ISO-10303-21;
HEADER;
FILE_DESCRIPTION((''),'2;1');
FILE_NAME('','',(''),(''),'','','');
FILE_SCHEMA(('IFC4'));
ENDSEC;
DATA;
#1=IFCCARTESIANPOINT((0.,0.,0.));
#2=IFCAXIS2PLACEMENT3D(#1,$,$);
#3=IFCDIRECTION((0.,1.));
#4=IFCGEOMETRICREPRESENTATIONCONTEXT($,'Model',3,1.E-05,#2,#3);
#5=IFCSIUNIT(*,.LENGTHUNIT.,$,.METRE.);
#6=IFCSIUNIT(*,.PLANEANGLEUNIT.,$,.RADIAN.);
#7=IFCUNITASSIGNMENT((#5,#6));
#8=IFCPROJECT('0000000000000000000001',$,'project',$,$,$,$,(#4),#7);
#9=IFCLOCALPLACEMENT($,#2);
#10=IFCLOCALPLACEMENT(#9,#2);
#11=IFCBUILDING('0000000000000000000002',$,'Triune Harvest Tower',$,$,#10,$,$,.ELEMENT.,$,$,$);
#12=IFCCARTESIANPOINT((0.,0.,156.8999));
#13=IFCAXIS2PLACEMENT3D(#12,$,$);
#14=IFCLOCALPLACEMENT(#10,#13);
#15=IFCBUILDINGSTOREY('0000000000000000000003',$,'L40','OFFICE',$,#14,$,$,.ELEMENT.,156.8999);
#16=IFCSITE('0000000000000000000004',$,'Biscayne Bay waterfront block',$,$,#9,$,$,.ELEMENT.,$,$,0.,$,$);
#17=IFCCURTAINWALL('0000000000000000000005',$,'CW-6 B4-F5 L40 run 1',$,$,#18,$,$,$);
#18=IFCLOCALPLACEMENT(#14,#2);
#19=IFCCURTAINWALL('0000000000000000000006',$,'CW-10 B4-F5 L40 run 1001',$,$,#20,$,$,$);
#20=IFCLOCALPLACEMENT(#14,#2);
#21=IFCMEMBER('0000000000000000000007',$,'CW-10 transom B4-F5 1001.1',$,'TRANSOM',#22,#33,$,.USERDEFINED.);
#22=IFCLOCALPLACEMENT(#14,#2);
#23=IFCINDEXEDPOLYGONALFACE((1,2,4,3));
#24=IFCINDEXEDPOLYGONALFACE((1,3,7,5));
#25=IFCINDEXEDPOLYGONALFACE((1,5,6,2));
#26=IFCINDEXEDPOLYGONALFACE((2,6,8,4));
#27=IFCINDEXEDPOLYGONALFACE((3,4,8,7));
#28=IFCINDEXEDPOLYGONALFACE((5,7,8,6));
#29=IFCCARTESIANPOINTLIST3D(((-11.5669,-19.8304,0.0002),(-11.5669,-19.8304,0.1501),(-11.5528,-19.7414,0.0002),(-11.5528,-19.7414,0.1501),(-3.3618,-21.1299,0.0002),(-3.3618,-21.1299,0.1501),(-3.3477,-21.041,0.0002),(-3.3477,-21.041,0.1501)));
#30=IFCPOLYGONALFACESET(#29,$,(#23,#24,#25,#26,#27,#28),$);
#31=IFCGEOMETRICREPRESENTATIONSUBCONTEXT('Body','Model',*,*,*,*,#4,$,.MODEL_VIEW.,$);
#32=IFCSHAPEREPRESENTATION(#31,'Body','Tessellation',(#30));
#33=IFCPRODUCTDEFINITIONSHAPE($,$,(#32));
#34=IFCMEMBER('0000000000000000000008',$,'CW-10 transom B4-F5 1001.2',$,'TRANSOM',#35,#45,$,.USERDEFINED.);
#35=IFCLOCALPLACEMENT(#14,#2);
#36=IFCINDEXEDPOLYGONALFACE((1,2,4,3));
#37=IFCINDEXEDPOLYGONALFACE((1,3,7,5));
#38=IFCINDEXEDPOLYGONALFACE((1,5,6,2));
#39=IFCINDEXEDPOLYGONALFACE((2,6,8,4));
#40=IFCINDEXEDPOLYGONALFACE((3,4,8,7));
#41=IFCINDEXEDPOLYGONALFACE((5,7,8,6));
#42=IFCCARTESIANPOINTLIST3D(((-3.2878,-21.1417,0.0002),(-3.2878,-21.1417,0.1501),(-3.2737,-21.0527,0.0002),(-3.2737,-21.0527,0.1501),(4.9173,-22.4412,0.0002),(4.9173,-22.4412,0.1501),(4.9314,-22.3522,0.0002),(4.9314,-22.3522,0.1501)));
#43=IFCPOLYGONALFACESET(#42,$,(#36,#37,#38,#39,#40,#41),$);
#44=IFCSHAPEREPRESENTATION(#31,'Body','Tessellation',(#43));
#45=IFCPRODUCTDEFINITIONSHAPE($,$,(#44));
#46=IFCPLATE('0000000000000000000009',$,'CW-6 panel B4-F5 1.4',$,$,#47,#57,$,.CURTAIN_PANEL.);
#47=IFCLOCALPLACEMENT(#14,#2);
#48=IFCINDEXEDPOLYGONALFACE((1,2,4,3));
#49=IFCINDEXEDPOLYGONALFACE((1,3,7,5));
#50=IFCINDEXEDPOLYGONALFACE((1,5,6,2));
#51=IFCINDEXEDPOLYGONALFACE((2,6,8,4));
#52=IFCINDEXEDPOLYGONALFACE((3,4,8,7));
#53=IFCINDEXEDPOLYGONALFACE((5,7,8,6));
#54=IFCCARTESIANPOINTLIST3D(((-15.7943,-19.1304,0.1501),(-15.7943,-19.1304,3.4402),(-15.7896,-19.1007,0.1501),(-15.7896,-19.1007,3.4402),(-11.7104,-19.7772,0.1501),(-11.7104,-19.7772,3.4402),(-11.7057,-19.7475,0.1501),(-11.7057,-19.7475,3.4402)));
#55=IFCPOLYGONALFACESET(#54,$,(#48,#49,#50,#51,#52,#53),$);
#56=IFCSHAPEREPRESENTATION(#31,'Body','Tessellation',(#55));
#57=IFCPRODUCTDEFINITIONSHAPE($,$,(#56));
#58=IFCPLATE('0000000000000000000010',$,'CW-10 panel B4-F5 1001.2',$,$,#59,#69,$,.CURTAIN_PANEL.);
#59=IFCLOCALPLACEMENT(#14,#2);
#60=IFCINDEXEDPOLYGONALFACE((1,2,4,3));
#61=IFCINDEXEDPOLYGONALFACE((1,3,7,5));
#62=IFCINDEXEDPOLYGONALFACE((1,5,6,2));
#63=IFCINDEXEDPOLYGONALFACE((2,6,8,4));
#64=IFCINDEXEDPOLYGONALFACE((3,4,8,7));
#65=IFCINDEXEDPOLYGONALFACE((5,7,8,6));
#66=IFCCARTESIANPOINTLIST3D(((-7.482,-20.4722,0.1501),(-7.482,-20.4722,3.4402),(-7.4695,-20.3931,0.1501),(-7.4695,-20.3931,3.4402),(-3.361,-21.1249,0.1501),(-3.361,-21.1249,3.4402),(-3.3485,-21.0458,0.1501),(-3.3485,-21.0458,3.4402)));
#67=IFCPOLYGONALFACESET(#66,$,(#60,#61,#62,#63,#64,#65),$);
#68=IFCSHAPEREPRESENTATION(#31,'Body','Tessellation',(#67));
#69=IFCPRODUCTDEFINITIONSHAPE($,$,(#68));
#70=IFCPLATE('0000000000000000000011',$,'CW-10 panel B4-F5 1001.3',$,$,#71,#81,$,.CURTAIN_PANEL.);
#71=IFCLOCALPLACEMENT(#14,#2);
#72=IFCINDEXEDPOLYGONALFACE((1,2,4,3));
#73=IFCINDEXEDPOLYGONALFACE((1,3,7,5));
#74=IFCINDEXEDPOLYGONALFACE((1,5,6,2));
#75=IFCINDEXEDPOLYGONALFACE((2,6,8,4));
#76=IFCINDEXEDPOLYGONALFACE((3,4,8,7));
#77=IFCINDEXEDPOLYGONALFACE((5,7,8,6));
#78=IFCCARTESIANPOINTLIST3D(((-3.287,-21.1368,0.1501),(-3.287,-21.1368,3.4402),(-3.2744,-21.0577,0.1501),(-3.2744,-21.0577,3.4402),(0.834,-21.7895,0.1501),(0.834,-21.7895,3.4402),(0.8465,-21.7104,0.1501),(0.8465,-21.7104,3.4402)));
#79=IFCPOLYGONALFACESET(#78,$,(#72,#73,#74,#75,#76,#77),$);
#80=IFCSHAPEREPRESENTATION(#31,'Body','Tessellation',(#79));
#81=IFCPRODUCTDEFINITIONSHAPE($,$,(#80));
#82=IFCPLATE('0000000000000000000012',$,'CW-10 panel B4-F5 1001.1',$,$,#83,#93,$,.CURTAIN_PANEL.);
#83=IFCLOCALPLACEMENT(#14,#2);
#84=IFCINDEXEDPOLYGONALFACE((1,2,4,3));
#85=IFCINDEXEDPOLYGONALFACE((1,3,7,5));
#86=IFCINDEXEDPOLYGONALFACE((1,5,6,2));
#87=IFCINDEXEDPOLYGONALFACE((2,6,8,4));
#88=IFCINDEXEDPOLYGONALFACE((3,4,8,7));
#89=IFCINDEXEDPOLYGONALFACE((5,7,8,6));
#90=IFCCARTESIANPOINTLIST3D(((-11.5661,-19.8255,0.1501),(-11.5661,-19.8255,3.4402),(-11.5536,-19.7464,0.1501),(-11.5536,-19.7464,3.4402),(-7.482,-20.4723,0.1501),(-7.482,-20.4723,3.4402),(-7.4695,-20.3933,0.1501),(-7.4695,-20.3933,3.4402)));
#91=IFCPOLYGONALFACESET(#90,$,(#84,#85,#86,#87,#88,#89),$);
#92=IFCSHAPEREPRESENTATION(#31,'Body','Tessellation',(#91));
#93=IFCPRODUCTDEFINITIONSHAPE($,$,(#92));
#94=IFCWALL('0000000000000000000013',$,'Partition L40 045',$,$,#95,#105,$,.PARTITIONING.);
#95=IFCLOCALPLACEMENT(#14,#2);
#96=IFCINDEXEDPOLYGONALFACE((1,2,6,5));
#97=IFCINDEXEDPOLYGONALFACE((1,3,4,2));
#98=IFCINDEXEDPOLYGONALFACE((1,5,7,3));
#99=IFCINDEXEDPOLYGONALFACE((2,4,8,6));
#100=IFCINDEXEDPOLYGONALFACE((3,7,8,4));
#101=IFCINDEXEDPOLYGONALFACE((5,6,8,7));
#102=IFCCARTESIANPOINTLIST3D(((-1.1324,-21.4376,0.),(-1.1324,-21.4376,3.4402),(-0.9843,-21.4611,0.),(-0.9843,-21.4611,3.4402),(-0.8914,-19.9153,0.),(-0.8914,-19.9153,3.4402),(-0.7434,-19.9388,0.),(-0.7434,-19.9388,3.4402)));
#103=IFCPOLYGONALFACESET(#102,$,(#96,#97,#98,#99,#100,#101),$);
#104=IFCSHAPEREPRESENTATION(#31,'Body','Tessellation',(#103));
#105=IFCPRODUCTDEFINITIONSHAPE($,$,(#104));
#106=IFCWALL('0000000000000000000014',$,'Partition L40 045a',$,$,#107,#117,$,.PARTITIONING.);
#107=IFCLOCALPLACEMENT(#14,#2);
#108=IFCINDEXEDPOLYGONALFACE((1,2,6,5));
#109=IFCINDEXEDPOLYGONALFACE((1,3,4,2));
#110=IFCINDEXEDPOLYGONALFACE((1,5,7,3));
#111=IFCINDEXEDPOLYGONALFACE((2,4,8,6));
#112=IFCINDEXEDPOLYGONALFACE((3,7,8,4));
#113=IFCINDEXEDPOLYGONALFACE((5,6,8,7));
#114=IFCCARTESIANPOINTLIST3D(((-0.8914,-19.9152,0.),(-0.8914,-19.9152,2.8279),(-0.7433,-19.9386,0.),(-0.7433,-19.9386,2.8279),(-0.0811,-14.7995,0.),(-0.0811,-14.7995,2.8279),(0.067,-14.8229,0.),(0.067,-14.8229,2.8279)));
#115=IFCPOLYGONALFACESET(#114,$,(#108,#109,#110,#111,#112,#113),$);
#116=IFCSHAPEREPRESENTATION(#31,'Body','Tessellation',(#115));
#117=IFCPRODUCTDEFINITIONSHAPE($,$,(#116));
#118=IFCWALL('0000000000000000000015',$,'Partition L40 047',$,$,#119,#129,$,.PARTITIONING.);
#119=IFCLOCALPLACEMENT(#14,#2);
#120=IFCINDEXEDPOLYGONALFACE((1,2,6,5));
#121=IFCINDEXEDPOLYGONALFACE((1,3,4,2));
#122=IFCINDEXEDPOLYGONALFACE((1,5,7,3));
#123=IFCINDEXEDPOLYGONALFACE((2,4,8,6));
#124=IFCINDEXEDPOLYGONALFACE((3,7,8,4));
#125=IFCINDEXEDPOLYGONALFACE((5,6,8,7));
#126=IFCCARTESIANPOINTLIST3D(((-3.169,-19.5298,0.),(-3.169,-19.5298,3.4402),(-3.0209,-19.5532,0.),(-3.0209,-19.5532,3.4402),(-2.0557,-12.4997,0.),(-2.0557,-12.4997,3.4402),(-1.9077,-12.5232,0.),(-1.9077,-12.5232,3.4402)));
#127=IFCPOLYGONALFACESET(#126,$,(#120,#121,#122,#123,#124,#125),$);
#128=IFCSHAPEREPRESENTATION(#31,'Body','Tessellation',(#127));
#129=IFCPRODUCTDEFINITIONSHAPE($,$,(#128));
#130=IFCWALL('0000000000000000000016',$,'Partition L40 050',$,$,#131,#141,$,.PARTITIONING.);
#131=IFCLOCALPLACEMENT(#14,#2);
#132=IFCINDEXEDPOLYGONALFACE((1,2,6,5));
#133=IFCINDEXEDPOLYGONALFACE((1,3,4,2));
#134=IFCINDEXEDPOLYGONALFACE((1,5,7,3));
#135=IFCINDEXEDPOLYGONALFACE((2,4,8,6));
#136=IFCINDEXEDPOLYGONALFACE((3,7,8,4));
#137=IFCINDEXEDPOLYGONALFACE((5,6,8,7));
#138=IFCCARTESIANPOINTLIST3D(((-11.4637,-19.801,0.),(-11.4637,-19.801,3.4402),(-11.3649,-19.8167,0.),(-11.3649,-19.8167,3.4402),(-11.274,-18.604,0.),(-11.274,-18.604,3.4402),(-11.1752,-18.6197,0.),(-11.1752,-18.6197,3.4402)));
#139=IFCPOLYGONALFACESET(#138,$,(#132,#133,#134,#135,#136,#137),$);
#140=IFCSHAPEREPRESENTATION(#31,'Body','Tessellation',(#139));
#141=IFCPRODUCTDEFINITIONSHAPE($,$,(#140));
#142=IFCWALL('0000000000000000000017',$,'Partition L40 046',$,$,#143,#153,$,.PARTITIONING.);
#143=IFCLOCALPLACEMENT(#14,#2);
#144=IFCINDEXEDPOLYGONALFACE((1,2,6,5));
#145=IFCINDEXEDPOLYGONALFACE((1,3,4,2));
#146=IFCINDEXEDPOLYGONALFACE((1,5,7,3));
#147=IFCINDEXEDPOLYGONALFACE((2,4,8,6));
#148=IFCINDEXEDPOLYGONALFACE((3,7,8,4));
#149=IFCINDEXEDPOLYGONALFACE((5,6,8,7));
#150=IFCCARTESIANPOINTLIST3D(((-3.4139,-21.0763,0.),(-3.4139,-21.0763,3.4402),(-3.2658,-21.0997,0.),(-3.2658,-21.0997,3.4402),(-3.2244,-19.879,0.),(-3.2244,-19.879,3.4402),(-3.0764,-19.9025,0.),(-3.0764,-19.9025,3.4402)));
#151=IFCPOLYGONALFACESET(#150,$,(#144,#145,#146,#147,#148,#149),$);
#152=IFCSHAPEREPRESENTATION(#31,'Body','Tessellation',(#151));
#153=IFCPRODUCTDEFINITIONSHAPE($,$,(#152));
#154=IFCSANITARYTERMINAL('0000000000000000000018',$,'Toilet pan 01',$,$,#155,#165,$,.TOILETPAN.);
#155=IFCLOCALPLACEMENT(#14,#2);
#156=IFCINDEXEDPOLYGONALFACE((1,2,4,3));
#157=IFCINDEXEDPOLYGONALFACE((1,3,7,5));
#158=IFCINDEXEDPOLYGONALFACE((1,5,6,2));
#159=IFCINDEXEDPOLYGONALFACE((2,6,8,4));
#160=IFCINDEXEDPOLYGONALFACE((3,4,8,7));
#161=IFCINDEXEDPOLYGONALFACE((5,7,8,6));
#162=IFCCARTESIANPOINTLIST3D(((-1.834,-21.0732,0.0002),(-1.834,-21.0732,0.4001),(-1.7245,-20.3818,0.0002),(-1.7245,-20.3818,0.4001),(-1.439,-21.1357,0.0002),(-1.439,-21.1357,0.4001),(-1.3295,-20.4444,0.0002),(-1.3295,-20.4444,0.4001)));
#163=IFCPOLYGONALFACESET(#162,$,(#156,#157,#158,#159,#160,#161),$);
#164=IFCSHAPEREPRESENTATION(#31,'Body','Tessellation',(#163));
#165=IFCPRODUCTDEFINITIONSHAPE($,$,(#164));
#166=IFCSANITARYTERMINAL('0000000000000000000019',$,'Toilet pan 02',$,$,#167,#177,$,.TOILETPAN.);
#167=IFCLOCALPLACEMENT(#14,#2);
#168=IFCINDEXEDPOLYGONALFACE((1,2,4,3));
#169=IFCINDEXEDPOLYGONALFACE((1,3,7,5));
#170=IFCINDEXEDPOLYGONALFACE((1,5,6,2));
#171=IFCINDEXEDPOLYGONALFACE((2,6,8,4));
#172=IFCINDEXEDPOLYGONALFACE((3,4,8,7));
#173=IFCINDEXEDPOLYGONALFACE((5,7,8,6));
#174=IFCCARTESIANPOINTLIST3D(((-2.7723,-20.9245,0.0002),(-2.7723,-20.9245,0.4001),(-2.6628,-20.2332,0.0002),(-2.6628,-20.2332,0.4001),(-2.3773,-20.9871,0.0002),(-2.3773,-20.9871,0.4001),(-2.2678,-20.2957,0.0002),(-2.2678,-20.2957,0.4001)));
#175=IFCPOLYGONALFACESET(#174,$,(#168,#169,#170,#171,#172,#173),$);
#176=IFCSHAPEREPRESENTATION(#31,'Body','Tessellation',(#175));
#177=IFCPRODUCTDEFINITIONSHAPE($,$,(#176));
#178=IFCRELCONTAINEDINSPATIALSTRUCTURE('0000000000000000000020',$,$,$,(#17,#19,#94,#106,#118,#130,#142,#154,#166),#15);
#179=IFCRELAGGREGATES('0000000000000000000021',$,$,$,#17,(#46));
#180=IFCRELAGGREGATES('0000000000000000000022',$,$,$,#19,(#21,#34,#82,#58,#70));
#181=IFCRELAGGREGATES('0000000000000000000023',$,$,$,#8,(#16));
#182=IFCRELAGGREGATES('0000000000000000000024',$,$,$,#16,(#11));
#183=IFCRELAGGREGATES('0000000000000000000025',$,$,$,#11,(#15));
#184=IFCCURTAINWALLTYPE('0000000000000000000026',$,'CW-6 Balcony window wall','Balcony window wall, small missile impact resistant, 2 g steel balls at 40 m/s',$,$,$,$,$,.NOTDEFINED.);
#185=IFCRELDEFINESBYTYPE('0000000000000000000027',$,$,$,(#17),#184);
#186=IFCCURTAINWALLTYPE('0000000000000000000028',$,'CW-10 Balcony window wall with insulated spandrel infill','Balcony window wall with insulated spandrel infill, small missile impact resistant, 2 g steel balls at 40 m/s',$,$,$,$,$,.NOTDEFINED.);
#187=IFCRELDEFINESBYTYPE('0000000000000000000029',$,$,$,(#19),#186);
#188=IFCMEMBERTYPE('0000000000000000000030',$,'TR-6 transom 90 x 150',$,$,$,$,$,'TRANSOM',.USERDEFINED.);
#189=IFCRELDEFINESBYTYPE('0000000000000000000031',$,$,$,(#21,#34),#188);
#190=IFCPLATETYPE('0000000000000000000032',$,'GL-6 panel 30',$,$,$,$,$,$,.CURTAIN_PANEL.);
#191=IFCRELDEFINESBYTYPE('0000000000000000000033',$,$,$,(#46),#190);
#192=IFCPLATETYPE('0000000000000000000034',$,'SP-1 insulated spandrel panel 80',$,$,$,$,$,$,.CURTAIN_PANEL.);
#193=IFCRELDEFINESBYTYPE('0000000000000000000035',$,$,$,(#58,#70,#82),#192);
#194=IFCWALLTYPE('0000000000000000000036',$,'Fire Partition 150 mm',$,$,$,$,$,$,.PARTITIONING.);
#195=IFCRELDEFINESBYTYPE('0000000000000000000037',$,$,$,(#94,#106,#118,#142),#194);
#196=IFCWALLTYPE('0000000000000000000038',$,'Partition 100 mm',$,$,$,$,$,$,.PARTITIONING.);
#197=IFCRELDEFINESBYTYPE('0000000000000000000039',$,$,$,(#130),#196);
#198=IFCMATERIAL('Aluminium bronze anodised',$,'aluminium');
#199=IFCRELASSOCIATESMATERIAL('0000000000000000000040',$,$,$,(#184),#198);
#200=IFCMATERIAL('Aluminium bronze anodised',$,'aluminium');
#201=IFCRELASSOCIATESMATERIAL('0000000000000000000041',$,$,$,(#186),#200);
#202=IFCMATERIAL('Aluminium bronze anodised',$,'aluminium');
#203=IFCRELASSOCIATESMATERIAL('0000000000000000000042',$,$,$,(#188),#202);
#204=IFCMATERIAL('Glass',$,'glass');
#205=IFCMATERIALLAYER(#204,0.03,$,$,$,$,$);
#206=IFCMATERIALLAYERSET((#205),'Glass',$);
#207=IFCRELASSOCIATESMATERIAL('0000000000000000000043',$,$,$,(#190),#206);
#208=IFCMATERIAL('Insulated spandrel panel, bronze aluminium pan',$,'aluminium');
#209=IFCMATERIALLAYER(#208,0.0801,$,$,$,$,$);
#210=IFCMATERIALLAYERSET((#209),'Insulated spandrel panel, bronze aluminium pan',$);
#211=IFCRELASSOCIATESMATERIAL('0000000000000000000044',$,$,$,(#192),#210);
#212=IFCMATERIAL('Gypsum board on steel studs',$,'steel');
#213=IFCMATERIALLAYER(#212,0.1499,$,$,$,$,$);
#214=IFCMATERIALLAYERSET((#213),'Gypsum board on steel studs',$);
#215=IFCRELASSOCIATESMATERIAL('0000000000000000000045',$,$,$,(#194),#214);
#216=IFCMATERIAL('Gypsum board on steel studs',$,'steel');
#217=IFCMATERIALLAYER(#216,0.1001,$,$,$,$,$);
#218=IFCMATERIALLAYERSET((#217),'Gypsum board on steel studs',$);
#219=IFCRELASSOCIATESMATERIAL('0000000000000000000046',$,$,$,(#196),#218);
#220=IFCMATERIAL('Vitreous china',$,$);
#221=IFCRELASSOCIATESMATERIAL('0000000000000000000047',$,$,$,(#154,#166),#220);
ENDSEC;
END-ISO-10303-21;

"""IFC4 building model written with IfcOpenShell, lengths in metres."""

from ifc_helpers import new_model, si_unit, direction, frame, frame_2d, origin, origin_2d, place, context, subcontext, project, spatial, rectangle, extrude, source, transform, mapped, material, layer, layer_set, material_profile, profile_set, type_object, element, aggregate, save


model = new_model("IFC4")

# Units and contexts
model_context = context("Model", 3, precision=1e-05, world=origin(), true_north=direction((0.0, 1.0)))
body_context = subcontext(model_context, "Body", "Model", "MODEL_VIEW")
ifc_project = project(units=[si_unit("LENGTHUNIT", "METRE"), si_unit("PLANEANGLEUNIT", "RADIAN")], contexts=[model_context])

# Site, building, storey
site_placement = place(None, origin())
site = spatial("IfcSite", under=ifc_project, at=site_placement, Name="Biscayne Bay waterfront block", CompositionType="ELEMENT", RefElevation=0.0)
building_placement = place(site_placement, origin())
building = spatial("IfcBuilding", under=site, at=building_placement, Name="Triune Harvest Tower", CompositionType="ELEMENT")
storey_placement = place(building_placement, frame((0.0, 0.0, 156.8999)))
storey = spatial("IfcBuildingStorey", under=building, at=storey_placement, Name="L40", Description="OFFICE", CompositionType="ELEMENT", Elevation=156.8999)

# Curtain wall
ifc_material_1 = material(Name="Aluminium bronze anodised", Category="aluminium")
curtain_wall_type_1 = type_object("IfcCurtainWallType", Name="CW-6 Balcony window wall", Description="Balcony window wall, small missile impact resistant, 2 g steel balls at 40 m/s", PredefinedType="NOTDEFINED", material=ifc_material_1)
curtain_wall_1_placement = place(storey_placement, origin())
curtain_wall_1 = element("IfcCurtainWall", 1, at=curtain_wall_1_placement, inside=storey, type_object=curtain_wall_type_1, Name="CW-6 B4-F5 L40 run 1")

# Curtain wall, members
ifc_material_2 = material(Name="Aluminium bronze anodised", Category="aluminium")
curtain_wall_type_2 = type_object("IfcCurtainWallType", Name="CW-10 Balcony window wall with insulated spandrel infill", Description="Balcony window wall with insulated spandrel infill, small missile impact resistant, 2 g steel balls at 40 m/s", PredefinedType="NOTDEFINED", material=ifc_material_2)
curtain_wall_2_placement = place(storey_placement, origin())
curtain_wall_2 = element("IfcCurtainWall", 2, at=curtain_wall_2_placement, inside=storey, type_object=curtain_wall_type_2, Name="CW-10 B4-F5 L40 run 1001")
ifc_material_3 = material(Name="Aluminium bronze anodised", Category="aluminium")
ifc_material_profile_1 = material_profile(ifc_material_3, rectangle(XDim=0.0901, YDim=0.1499, at=origin_2d()), Name="TR-6 transom 90 x 150")
ifc_profile_set_1 = profile_set([ifc_material_profile_1], Name="Aluminium bronze anodised")
member_type_1 = type_object("IfcMemberType", Name="TR-6 transom 90 x 150", ElementType="TRANSOM", PredefinedType="USERDEFINED", material=ifc_profile_set_1)
shared_shape_1 = source(origin(), body_context, "Body", "SweptSolid", [
    extrude(rectangle(XDim=0.0901, YDim=0.1499, at=origin_2d()), origin(), (0.0, 0.0, 1.0), 8.3074),
])
member_1_placement = place(storey_placement, frame((-11.5598, -19.7859, 0.0752), z_axis=(0.987688, -0.156435, 0.0), x_axis=(0.156435, 0.987688, 0.0)))
member_1 = element("IfcMember", 3, at=member_1_placement, type_object=member_type_1, Name="CW-10 transom B4-F5 1001.1", ObjectType="TRANSOM", PredefinedType="USERDEFINED", context=body_context, shape_type="MappedRepresentation", body=[
    mapped(shared_shape_1, transform((0.0, 0.0, 0.0), scale=1.0)),
])
member_2_placement = place(storey_placement, frame((-3.2808, -21.0972, 0.0752), z_axis=(0.987688, -0.156435, 0.0), x_axis=(0.156435, 0.987688, 0.0)))
member_2 = element("IfcMember", 4, at=member_2_placement, type_object=member_type_1, Name="CW-10 transom B4-F5 1001.2", ObjectType="TRANSOM", PredefinedType="USERDEFINED", context=body_context, shape_type="MappedRepresentation", body=[
    mapped(shared_shape_1, transform((0.0, 0.0, 0.0), scale=1.0)),
])

# Plates
ifc_material_4 = material(Name="Glass", Category="glass")
ifc_layer_1 = layer(ifc_material_4, 0.03)
ifc_layer_set_1 = layer_set([ifc_layer_1], Name="Glass")
plate_type_1 = type_object("IfcPlateType", Name="GL-6 panel 30", PredefinedType="CURTAIN_PANEL", material=ifc_layer_set_1)
shared_shape_2 = source(origin(), body_context, "Body", "SweptSolid", [
    extrude(rectangle(XDim=4.1348, YDim=0.03, at=origin_2d()), origin(), (0.0, 0.0, 1.0), 3.29),
])
plate_1_placement = place(storey_placement, frame((-13.75, -19.439, 0.1501), z_axis=(0.0, 0.0, 1.0), x_axis=(0.987688, -0.156437, 0.0)))
plate_1 = element("IfcPlate", 5, at=plate_1_placement, type_object=plate_type_1, Name="CW-6 panel B4-F5 1.4", PredefinedType="CURTAIN_PANEL", context=body_context, shape_type="MappedRepresentation", body=[
    mapped(shared_shape_2, transform((0.0, 0.0, 0.0), scale=1.0)),
])
aggregate(curtain_wall_1, [plate_1])
ifc_material_5 = material(Name="Insulated spandrel panel, bronze aluminium pan", Category="aluminium")
ifc_layer_2 = layer(ifc_material_5, 0.0801)
ifc_layer_set_2 = layer_set([ifc_layer_2], Name="Insulated spandrel panel, bronze aluminium pan")
plate_type_2 = type_object("IfcPlateType", Name="SP-1 insulated spandrel panel 80", PredefinedType="CURTAIN_PANEL", material=ifc_layer_set_2)
shared_shape_3 = source(origin(), body_context, "Body", "SweptSolid", [
    extrude(rectangle(XDim=4.1724, YDim=0.0801, at=origin_2d()), origin(), (0.0, 0.0, 1.0), 3.29),
])
plate_2_placement = place(storey_placement, frame((-5.4153, -20.759, 0.1501), z_axis=(0.0, 0.0, 1.0), x_axis=(0.987689, -0.156433, 0.0)))
plate_2 = element("IfcPlate", 6, at=plate_2_placement, type_object=plate_type_2, Name="CW-10 panel B4-F5 1001.2", PredefinedType="CURTAIN_PANEL", context=body_context, shape_type="MappedRepresentation", body=[
    mapped(shared_shape_3, transform((0.0, 0.0, 0.0), scale=1.0)),
])
plate_3_placement = place(storey_placement, frame((-1.2202, -21.4236, 0.1501), z_axis=(0.0, 0.0, 1.0), x_axis=(0.987689, -0.156433, 0.0)))
plate_3 = element("IfcPlate", 7, at=plate_3_placement, type_object=plate_type_2, Name="CW-10 panel B4-F5 1001.3", PredefinedType="CURTAIN_PANEL", context=body_context, shape_type="MappedRepresentation", body=[
    mapped(shared_shape_3, transform((0.0, 0.0, 0.0), scale=1.0)),
])
shared_shape_4 = source(origin(), body_context, "Body", "SweptSolid", [
    extrude(rectangle(XDim=4.135, YDim=0.0801, at=origin_2d()), origin(), (0.0, 0.0, 1.0), 3.29),
])
plate_4_placement = place(storey_placement, frame((-9.5178, -20.1094, 0.1501), z_axis=(0.0, 0.0, 1.0), x_axis=(0.987689, -0.156433, 0.0)))
plate_4 = element("IfcPlate", 8, at=plate_4_placement, type_object=plate_type_2, Name="CW-10 panel B4-F5 1001.1", PredefinedType="CURTAIN_PANEL", context=body_context, shape_type="MappedRepresentation", body=[
    mapped(shared_shape_4, transform((0.0, 0.0, 0.0), scale=1.0)),
])
aggregate(curtain_wall_2, [member_1, member_2, plate_4, plate_2, plate_3])

# Walls
ifc_material_6 = material(Name="Gypsum board on steel studs", Category="steel")
ifc_layer_3 = layer(ifc_material_6, 0.1499)
ifc_layer_set_3 = layer_set([ifc_layer_3], Name="Gypsum board on steel studs")
wall_type_1 = type_object("IfcWallType", Name="Fire Partition 150 mm", PredefinedType="PARTITIONING", material=ifc_layer_set_3)
wall_1_placement = place(storey_placement, frame((-1.0583, -21.4492, 0.0), z_axis=(0.0, 0.0, 1.0), x_axis=(0.156353, 0.987701, 0.0)))
element("IfcWall", 9, at=wall_1_placement, inside=storey, type_object=wall_type_1, Name="Partition L40 045", PredefinedType="PARTITIONING", context=body_context, shape_type="SweptSolid", body=[
    extrude(rectangle(XDim=1.5413, YDim=0.1499, at=frame_2d((0.7705, 0.0))), origin(), (0.0, 0.0, 1.0), 3.4402),
])
wall_2_placement = place(storey_placement, frame((-0.8174, -19.927, 0.0), z_axis=(0.0, 0.0, 1.0), x_axis=(0.156444, 0.987687, 0.0)))
element("IfcWall", 10, at=wall_2_placement, inside=storey, type_object=wall_type_1, Name="Partition L40 045a", PredefinedType="PARTITIONING", context=body_context, shape_type="SweptSolid", body=[
    extrude(rectangle(XDim=5.1794, YDim=0.1499, at=frame_2d((2.5898, 0.0))), origin(), (0.0, 0.0, 1.0), 2.8279),
])
wall_3_placement = place(storey_placement, frame((-3.095, -19.5415, 0.0), z_axis=(0.0, 0.0, 1.0), x_axis=(0.156412, 0.987692, 0.0)))
element("IfcWall", 11, at=wall_3_placement, inside=storey, type_object=wall_type_1, Name="Partition L40 047", PredefinedType="PARTITIONING", context=body_context, shape_type="SweptSolid", body=[
    extrude(rectangle(XDim=7.1177, YDim=0.1499, at=frame_2d((3.5588, 0.0))), origin(), (0.0, 0.0, 1.0), 3.4402),
])
ifc_material_7 = material(Name="Gypsum board on steel studs", Category="steel")
ifc_layer_4 = layer(ifc_material_7, 0.1001)
ifc_layer_set_4 = layer_set([ifc_layer_4], Name="Gypsum board on steel studs")
wall_type_2 = type_object("IfcWallType", Name="Partition 100 mm", PredefinedType="PARTITIONING", material=ifc_layer_set_4)
shared_shape_5 = source(origin(), body_context, "Body", "SweptSolid", [
    extrude(rectangle(XDim=1.2119, YDim=0.1001, at=frame_2d((0.606, 0.0))), origin(), (0.0, 0.0, 1.0), 3.4402),
])
wall_4_placement = place(storey_placement, frame((-11.4143, -19.8088, 0.0), z_axis=(0.0, 0.0, 1.0), x_axis=(0.156521, 0.987675, 0.0)))
element("IfcWall", 12, at=wall_4_placement, inside=storey, type_object=wall_type_2, Name="Partition L40 050", PredefinedType="PARTITIONING", context=body_context, shape_type="MappedRepresentation", body=[
    mapped(shared_shape_5, transform((0.0, 0.0, 0.0), scale=1.0)),
])
shared_shape_6 = source(origin(), body_context, "Body", "SweptSolid", [
    extrude(rectangle(XDim=1.2122, YDim=0.1499, at=frame_2d((0.606, 0.0))), origin(), (0.0, 0.0, 1.0), 3.4402),
])
wall_5_placement = place(storey_placement, frame((-3.3398, -21.0879, 0.0), z_axis=(0.0, 0.0, 1.0), x_axis=(0.156294, 0.987711, 0.0)))
element("IfcWall", 13, at=wall_5_placement, inside=storey, type_object=wall_type_1, Name="Partition L40 046", PredefinedType="PARTITIONING", context=body_context, shape_type="MappedRepresentation", body=[
    mapped(shared_shape_6, transform((0.0, 0.0, 0.0), scale=1.0)),
])

# Sanitary terminals
ifc_material_8 = material(Name="Vitreous china")
shared_shape_7 = source(origin(), body_context, "Body", "SweptSolid", [
    extrude(rectangle(XDim=0.3999, YDim=0.7, at=origin_2d()), origin(), (0.0, 0.0, 1.0), 0.3999),
])
for number, where, z_axis, x_axis, name in (
    (14, (-1.5818, -20.7588, 0.0002), (0.0, 0.0, 1.0), (-0.987688, 0.156434, 0.0), "Toilet pan 01"),
    (15, (-2.52, -20.6101, 0.0002), (0.0, 0.0, 1.0), (-0.987688, 0.156434, 0.0), "Toilet pan 02"),
):
    element("IfcSanitaryTerminal", number, at=place(storey_placement, frame(where, z_axis=z_axis, x_axis=x_axis)), inside=storey, material=ifc_material_8, Name=name, PredefinedType="TOILETPAN", context=body_context, shape_type="MappedRepresentation", body=[
        mapped(shared_shape_7, transform((0.0, 0.0, 0.0), scale=1.0)),
    ])

save(model, "model.ifc")
